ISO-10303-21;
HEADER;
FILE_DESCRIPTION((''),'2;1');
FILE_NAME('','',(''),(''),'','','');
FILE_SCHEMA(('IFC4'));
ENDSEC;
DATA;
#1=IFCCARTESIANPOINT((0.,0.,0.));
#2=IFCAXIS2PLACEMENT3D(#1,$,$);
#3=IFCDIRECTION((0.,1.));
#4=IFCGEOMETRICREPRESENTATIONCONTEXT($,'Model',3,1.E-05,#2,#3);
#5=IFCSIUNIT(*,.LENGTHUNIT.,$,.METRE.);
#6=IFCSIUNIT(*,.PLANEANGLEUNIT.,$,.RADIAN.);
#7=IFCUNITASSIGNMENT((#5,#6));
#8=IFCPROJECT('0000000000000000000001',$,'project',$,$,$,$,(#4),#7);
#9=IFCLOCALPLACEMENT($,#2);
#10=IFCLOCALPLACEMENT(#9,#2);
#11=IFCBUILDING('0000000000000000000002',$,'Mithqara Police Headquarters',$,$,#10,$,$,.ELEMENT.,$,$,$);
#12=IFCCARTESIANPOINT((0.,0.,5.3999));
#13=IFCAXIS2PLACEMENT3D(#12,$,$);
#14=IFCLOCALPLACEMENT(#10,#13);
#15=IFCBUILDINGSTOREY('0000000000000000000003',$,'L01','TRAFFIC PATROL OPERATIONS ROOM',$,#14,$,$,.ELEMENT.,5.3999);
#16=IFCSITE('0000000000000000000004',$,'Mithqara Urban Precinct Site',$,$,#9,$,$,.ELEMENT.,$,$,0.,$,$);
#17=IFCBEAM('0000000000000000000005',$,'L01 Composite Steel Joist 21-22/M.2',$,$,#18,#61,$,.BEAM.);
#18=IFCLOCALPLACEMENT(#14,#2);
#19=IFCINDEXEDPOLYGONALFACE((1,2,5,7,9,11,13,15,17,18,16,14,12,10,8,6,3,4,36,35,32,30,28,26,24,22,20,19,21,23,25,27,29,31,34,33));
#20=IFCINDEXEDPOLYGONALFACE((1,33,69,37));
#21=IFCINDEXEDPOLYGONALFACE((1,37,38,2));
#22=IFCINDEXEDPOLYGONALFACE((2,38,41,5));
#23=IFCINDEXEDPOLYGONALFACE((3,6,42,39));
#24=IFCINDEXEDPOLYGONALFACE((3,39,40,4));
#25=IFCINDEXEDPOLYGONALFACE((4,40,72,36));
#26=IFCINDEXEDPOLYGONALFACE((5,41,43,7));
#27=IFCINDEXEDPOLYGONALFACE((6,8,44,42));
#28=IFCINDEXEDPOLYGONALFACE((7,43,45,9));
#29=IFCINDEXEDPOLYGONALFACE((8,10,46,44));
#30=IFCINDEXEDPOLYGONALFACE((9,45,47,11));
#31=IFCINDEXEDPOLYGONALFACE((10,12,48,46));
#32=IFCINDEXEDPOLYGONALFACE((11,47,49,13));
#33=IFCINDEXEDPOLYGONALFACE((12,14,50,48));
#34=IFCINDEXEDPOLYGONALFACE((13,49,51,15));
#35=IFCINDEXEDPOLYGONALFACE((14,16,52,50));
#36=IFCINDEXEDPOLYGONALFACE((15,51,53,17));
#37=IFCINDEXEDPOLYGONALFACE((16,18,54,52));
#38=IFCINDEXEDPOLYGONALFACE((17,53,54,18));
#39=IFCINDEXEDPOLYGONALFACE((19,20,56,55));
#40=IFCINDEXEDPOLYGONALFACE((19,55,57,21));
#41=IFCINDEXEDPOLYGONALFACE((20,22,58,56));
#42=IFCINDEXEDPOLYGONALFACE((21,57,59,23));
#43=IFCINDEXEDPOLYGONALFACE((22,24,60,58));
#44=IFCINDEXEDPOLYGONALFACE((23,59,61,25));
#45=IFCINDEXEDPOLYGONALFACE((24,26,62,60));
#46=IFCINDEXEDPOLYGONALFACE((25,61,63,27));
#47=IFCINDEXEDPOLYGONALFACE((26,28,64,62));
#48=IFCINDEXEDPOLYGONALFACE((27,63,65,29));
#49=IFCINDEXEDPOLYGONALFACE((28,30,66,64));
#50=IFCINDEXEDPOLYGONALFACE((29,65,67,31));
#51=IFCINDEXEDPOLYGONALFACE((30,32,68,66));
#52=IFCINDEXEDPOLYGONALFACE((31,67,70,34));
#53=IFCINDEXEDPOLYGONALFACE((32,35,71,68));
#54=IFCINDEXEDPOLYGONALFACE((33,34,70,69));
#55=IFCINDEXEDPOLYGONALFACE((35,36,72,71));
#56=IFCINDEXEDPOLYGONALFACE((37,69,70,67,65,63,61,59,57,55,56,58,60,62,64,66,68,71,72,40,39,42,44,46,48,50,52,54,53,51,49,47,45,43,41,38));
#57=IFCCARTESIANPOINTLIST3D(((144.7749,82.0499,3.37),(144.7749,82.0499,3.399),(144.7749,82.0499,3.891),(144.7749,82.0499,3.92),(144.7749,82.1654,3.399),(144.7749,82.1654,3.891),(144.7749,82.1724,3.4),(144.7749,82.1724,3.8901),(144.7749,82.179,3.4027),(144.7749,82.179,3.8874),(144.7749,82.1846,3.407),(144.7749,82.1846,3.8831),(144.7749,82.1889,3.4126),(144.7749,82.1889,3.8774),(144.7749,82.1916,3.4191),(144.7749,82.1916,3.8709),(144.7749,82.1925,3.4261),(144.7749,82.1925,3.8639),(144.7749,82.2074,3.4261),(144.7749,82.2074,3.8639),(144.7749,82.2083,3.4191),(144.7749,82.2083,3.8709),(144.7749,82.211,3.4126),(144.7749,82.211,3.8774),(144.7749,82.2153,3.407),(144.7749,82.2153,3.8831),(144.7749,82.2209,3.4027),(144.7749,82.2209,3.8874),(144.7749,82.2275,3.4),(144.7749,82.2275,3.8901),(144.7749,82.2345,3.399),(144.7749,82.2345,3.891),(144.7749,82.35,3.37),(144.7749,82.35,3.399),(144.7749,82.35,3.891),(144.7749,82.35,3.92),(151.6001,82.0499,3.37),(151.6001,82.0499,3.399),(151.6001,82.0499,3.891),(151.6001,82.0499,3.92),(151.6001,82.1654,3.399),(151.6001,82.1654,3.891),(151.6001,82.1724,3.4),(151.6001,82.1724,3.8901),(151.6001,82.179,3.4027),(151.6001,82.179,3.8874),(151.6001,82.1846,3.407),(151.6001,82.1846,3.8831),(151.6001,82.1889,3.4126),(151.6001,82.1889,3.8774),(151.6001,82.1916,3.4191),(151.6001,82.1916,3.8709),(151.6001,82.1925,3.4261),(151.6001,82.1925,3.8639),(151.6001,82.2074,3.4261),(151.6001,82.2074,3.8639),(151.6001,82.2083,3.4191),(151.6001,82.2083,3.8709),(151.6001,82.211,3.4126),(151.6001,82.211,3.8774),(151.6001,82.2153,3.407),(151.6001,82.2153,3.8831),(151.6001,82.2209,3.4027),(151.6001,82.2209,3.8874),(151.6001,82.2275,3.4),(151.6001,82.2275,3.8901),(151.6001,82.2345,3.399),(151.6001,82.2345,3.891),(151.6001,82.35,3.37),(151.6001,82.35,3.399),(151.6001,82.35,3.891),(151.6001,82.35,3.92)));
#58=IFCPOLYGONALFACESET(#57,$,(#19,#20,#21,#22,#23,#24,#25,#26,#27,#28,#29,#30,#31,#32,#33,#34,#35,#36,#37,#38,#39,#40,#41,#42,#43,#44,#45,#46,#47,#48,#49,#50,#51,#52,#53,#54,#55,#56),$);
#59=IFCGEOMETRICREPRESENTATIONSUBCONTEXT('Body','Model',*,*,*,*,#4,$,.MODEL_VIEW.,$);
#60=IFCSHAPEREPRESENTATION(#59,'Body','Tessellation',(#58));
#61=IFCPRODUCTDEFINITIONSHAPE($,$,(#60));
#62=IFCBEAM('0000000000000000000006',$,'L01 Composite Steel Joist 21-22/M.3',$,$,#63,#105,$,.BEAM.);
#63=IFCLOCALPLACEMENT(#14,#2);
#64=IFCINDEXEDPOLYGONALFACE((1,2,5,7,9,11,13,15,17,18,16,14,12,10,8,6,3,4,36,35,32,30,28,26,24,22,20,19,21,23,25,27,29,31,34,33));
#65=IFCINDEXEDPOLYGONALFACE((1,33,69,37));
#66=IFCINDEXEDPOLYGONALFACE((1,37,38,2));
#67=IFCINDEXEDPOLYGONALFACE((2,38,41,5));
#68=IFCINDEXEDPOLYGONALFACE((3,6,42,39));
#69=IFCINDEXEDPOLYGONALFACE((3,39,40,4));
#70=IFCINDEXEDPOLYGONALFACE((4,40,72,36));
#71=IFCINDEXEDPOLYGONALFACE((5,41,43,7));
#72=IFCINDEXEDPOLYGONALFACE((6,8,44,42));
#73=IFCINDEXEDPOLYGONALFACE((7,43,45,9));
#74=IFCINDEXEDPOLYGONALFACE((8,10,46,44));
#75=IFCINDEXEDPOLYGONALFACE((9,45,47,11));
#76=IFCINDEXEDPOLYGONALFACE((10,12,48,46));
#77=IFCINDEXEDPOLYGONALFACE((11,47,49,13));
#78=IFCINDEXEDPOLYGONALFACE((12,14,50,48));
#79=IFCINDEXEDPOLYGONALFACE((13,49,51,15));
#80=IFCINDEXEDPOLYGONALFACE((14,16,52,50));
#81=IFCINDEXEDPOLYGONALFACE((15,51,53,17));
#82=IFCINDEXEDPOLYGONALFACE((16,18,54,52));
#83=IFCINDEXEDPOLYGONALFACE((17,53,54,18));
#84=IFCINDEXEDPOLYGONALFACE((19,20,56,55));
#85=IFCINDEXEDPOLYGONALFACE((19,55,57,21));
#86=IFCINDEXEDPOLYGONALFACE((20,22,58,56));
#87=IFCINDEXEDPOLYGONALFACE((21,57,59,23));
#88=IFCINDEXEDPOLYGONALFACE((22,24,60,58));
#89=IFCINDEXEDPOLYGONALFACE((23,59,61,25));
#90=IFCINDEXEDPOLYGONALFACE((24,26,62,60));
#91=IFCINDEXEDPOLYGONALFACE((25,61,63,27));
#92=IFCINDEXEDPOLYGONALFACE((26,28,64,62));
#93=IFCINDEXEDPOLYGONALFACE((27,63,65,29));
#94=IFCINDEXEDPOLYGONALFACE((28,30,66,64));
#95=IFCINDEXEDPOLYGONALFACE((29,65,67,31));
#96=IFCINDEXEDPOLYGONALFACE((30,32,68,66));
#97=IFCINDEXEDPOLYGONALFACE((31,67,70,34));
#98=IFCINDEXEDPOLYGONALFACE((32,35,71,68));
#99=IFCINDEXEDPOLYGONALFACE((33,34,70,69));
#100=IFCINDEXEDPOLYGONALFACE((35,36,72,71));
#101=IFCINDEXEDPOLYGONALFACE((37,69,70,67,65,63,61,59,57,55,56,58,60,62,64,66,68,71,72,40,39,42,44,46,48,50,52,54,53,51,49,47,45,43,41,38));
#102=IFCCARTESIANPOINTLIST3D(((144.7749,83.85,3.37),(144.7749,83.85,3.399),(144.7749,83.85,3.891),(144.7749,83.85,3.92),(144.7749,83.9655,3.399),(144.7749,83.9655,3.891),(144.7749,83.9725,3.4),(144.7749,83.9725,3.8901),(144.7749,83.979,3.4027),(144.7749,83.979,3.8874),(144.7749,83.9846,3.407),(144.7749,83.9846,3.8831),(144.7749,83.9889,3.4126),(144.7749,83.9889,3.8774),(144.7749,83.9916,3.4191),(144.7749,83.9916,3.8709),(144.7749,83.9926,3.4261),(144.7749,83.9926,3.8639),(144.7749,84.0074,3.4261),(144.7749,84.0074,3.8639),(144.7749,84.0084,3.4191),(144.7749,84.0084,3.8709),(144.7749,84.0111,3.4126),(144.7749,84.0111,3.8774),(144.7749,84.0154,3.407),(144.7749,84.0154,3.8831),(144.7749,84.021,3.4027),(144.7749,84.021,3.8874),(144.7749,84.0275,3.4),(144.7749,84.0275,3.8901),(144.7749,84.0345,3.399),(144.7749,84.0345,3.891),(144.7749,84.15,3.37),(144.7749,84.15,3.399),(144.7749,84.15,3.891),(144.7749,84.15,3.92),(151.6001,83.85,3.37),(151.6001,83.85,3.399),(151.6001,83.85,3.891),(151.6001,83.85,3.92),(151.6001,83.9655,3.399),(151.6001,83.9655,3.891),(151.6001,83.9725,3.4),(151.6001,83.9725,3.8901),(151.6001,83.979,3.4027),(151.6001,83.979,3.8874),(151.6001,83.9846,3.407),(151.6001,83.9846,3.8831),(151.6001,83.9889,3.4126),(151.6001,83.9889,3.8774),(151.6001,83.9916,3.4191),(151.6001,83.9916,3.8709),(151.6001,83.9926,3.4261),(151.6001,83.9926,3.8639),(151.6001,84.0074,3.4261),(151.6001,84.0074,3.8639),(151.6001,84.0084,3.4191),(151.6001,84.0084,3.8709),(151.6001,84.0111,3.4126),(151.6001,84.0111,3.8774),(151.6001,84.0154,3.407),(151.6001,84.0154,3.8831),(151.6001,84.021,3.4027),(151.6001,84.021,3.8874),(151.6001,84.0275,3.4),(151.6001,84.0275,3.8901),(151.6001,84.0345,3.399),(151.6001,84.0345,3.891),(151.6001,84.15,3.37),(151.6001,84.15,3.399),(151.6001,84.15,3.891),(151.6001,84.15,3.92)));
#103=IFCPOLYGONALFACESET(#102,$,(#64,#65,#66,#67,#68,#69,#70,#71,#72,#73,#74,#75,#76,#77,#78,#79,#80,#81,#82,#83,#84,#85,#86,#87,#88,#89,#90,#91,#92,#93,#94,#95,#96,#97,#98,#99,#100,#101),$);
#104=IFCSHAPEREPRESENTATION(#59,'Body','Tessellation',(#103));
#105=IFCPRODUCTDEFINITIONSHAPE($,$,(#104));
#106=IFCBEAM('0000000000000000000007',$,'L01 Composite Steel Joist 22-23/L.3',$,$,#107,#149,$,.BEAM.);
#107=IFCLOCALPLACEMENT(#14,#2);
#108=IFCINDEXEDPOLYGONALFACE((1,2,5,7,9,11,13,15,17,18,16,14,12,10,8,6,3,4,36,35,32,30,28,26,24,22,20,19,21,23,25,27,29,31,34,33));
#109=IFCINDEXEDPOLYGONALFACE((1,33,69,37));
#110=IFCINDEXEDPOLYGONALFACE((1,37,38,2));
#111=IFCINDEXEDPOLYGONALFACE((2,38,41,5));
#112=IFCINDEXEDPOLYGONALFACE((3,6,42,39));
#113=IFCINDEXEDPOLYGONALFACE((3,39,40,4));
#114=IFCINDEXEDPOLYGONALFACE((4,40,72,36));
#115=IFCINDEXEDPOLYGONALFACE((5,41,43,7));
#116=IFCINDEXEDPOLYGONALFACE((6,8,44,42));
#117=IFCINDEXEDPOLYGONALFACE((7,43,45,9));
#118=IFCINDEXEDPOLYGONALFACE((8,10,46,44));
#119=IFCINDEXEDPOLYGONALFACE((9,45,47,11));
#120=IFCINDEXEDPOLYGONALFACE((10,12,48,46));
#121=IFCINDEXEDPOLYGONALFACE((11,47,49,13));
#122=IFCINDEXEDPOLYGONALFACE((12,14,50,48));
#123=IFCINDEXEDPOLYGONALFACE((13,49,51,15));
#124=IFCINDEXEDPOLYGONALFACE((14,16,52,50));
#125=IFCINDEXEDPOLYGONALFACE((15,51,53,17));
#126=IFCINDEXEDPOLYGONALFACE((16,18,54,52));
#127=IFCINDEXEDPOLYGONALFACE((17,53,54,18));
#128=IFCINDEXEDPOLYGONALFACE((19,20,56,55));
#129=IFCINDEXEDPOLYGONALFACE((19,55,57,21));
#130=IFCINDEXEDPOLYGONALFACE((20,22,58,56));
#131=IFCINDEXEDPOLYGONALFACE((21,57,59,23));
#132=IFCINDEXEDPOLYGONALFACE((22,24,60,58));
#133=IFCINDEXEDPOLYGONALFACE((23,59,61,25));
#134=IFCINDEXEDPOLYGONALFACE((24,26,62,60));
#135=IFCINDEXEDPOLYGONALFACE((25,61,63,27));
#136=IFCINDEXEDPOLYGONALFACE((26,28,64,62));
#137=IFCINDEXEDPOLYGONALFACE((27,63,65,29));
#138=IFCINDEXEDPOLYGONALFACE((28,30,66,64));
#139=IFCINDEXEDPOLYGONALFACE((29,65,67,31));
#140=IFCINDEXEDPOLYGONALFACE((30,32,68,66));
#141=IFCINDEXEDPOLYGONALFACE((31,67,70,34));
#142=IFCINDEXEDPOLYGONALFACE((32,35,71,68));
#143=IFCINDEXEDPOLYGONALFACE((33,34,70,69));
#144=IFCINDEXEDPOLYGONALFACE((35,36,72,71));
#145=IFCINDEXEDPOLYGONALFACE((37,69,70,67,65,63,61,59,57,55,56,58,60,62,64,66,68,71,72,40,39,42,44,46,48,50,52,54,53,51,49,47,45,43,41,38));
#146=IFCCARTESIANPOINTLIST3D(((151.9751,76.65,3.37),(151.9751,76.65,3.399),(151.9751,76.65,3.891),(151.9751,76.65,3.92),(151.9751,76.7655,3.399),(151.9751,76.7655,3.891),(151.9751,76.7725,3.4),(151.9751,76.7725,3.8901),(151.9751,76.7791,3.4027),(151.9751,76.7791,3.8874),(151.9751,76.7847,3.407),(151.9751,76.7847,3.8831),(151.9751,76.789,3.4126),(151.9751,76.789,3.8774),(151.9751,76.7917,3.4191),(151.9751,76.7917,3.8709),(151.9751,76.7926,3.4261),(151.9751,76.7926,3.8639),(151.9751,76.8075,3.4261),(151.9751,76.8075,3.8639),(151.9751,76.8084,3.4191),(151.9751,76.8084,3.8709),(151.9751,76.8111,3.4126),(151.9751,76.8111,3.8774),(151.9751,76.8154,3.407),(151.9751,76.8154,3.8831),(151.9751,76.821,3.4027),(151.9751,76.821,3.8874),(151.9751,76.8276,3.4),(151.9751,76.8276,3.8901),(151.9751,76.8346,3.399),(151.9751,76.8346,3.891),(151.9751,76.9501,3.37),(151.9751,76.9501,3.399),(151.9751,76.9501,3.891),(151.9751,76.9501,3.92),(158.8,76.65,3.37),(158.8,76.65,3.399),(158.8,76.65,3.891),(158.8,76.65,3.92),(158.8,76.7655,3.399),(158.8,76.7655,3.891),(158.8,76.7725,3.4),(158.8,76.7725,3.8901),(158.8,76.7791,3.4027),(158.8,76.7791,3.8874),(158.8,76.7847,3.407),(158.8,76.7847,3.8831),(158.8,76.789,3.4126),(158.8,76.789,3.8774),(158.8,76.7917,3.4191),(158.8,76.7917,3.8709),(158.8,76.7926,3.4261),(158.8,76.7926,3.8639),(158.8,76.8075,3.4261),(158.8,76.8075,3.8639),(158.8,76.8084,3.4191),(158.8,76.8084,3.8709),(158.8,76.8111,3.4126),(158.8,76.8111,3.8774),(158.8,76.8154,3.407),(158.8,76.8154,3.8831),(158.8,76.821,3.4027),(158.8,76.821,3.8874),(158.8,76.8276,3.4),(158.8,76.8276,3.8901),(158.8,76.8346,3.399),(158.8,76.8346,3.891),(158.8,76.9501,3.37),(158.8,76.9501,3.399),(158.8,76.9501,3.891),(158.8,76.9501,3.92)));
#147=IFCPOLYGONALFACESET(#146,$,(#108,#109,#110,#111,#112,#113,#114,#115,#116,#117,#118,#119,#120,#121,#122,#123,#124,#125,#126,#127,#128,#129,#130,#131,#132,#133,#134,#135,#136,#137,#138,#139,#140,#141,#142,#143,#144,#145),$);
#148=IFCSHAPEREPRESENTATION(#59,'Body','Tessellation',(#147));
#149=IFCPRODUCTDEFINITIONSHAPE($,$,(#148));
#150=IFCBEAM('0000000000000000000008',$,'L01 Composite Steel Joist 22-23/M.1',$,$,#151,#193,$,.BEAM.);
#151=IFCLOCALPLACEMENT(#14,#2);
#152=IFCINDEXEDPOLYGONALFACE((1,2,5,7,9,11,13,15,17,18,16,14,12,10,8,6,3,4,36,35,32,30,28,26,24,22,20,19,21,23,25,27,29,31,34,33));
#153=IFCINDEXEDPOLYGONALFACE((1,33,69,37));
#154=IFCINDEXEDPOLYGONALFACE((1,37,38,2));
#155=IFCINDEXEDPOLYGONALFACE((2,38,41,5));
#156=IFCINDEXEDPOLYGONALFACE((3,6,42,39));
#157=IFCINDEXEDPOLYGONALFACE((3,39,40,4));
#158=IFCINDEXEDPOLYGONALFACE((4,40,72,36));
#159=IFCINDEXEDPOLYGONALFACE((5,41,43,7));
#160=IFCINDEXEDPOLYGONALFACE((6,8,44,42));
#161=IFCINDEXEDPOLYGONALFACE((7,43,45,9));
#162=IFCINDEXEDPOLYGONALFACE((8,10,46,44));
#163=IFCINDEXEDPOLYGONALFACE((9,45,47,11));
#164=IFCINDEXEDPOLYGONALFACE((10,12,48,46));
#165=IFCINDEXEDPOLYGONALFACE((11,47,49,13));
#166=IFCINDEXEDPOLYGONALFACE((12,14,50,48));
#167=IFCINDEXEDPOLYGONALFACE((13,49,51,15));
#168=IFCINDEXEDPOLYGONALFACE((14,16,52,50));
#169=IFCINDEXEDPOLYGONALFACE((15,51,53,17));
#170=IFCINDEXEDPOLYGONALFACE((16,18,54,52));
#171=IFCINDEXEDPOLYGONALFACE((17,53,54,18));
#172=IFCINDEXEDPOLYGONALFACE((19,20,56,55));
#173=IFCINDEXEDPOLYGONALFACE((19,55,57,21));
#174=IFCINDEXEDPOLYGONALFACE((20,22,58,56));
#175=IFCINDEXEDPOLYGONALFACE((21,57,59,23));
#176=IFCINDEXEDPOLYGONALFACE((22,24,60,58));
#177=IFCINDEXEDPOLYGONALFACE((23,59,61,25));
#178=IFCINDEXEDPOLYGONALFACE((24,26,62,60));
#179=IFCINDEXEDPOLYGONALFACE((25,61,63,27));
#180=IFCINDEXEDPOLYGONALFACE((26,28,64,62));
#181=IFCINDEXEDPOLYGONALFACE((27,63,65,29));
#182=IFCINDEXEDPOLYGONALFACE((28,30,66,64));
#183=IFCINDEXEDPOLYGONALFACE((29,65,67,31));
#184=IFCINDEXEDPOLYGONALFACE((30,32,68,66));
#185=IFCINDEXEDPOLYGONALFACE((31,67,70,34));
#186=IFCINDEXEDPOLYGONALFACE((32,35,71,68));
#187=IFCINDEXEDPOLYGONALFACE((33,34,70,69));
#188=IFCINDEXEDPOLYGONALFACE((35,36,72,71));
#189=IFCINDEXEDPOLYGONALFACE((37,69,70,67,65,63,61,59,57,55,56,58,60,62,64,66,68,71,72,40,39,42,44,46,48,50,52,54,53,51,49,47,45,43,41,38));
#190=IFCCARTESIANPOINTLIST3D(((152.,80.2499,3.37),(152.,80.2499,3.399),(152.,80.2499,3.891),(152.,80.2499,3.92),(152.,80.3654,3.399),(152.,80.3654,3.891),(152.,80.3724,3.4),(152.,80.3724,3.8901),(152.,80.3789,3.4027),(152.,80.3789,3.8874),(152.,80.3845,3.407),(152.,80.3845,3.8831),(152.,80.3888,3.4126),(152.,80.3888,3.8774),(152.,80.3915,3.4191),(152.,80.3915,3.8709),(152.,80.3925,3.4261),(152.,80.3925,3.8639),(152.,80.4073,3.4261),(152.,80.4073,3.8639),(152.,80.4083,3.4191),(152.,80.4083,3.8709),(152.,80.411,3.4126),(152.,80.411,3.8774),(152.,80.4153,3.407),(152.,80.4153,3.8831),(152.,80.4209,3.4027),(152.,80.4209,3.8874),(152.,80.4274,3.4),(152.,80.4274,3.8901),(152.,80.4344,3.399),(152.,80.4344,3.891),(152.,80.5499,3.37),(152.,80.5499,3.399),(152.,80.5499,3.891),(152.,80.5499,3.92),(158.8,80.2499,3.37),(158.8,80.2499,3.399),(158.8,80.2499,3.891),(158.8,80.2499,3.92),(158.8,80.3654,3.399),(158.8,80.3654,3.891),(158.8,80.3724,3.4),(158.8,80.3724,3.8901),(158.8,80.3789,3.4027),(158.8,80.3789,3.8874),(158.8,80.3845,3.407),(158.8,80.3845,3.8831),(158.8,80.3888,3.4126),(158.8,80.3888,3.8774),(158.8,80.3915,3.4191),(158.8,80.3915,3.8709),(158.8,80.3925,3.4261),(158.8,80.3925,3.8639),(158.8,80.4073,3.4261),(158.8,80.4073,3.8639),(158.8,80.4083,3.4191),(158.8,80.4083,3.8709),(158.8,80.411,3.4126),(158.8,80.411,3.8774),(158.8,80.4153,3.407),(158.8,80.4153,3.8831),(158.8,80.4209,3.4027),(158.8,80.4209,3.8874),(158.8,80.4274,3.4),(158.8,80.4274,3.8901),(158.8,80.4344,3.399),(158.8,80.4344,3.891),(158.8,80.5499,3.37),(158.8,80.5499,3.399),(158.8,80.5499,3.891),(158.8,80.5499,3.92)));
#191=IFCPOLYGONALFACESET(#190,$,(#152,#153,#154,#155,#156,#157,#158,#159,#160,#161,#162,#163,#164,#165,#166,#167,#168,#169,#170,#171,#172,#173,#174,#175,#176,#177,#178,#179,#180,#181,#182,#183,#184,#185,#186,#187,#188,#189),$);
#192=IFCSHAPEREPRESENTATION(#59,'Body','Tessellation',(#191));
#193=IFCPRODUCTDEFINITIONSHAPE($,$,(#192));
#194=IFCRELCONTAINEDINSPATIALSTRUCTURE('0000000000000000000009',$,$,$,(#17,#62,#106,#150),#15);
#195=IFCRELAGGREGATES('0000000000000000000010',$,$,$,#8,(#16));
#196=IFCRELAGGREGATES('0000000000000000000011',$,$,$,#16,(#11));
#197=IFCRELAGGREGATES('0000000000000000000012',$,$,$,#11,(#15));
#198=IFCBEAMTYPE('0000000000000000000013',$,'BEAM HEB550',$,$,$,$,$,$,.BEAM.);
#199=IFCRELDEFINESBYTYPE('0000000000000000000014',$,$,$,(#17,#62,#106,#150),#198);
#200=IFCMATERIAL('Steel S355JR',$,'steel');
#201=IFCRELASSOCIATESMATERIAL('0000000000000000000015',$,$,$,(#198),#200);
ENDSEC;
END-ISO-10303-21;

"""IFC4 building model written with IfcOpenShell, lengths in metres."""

from ifc_helpers import new_model, si_unit, direction, frame, origin, origin_2d, place, context, subcontext, project, spatial, i_section, extrude, material, material_profile, profile_set, type_object, element, save


model = new_model("IFC4")

# Units and contexts
model_context = context("Model", 3, precision=1e-05, world=origin(), true_north=direction((0.0, 1.0)))
body_context = subcontext(model_context, "Body", "Model", "MODEL_VIEW")
ifc_project = project(units=[si_unit("LENGTHUNIT", "METRE"), si_unit("PLANEANGLEUNIT", "RADIAN")], contexts=[model_context])

# Site, building, storey
site_placement = place(None, origin())
site = spatial("IfcSite", under=ifc_project, at=site_placement, Name="Mithqara Urban Precinct Site", CompositionType="ELEMENT", RefElevation=0.0)
building_placement = place(site_placement, origin())
building = spatial("IfcBuilding", under=site, at=building_placement, Name="Mithqara Police Headquarters", CompositionType="ELEMENT")
storey_placement = place(building_placement, frame((0.0, 0.0, 5.3999)))
storey = spatial("IfcBuildingStorey", under=building, at=storey_placement, Name="L01", Description="TRAFFIC PATROL OPERATIONS ROOM", CompositionType="ELEMENT", Elevation=5.3999)

# Beams
ifc_material_1 = material(Name="Steel S355JR", Category="steel")
ifc_material_profile_1 = material_profile(ifc_material_1, i_section(OverallWidth=0.3, OverallDepth=0.55, WebThickness=0.0149, FlangeThickness=0.0291, FilletRadius=0.0271, at=origin_2d()), Name="HEB 550")
ifc_profile_set_1 = profile_set([ifc_material_profile_1], Name="Steel S355JR")
beam_type_1 = type_object("IfcBeamType", Name="BEAM HEB550", PredefinedType="BEAM", material=ifc_profile_set_1)
for number, where, z_axis, x_axis, name in (
    (1, (144.7749, 82.2, 3.645), (1.0, 0.0, 0.0), (0.0, 1.0, 0.0), "L01 Composite Steel Joist 21-22/M.2"),
    (2, (144.7749, 84.0, 3.645), (1.0, 0.0, 0.0), (0.0, 1.0, 0.0), "L01 Composite Steel Joist 21-22/M.3"),
):
    element("IfcBeam", number, at=place(storey_placement, frame(where, z_axis=z_axis, x_axis=x_axis)), inside=storey, type_object=beam_type_1, Name=name, PredefinedType="BEAM", context=body_context, shape_type="SweptSolid", body=[
        extrude(i_section(OverallWidth=0.3, OverallDepth=0.55, WebThickness=0.0149, FlangeThickness=0.0291, FilletRadius=0.0271, at=origin_2d()), origin(), (0.0, 0.0, 1.0), 6.8252),
    ])
beam_1_placement = place(storey_placement, frame((151.9751, 76.8, 3.645), z_axis=(1.0, 0.0, 0.0), x_axis=(0.0, 1.0, 0.0)))
element("IfcBeam", 3, at=beam_1_placement, inside=storey, type_object=beam_type_1, Name="L01 Composite Steel Joist 22-23/L.3", PredefinedType="BEAM", context=body_context, shape_type="SweptSolid", body=[
    extrude(i_section(OverallWidth=0.3, OverallDepth=0.55, WebThickness=0.0149, FlangeThickness=0.0291, FilletRadius=0.0271, at=origin_2d()), origin(), (0.0, 0.0, 1.0), 6.825),
])
for number, where, z_axis, x_axis, name in (
    (4, (152.0, 80.3999, 3.645), (1.0, 0.0, 0.0), (0.0, 1.0, 0.0), "L01 Composite Steel Joist 22-23/M.1"),
):
    element("IfcBeam", number, at=place(storey_placement, frame(where, z_axis=z_axis, x_axis=x_axis)), inside=storey, type_object=beam_type_1, Name=name, PredefinedType="BEAM", context=body_context, shape_type="SweptSolid", body=[
        extrude(i_section(OverallWidth=0.3, OverallDepth=0.55, WebThickness=0.0149, FlangeThickness=0.0291, FilletRadius=0.0271, at=origin_2d()), origin(), (0.0, 0.0, 1.0), 6.8),
    ])

save(model, "model.ifc")
